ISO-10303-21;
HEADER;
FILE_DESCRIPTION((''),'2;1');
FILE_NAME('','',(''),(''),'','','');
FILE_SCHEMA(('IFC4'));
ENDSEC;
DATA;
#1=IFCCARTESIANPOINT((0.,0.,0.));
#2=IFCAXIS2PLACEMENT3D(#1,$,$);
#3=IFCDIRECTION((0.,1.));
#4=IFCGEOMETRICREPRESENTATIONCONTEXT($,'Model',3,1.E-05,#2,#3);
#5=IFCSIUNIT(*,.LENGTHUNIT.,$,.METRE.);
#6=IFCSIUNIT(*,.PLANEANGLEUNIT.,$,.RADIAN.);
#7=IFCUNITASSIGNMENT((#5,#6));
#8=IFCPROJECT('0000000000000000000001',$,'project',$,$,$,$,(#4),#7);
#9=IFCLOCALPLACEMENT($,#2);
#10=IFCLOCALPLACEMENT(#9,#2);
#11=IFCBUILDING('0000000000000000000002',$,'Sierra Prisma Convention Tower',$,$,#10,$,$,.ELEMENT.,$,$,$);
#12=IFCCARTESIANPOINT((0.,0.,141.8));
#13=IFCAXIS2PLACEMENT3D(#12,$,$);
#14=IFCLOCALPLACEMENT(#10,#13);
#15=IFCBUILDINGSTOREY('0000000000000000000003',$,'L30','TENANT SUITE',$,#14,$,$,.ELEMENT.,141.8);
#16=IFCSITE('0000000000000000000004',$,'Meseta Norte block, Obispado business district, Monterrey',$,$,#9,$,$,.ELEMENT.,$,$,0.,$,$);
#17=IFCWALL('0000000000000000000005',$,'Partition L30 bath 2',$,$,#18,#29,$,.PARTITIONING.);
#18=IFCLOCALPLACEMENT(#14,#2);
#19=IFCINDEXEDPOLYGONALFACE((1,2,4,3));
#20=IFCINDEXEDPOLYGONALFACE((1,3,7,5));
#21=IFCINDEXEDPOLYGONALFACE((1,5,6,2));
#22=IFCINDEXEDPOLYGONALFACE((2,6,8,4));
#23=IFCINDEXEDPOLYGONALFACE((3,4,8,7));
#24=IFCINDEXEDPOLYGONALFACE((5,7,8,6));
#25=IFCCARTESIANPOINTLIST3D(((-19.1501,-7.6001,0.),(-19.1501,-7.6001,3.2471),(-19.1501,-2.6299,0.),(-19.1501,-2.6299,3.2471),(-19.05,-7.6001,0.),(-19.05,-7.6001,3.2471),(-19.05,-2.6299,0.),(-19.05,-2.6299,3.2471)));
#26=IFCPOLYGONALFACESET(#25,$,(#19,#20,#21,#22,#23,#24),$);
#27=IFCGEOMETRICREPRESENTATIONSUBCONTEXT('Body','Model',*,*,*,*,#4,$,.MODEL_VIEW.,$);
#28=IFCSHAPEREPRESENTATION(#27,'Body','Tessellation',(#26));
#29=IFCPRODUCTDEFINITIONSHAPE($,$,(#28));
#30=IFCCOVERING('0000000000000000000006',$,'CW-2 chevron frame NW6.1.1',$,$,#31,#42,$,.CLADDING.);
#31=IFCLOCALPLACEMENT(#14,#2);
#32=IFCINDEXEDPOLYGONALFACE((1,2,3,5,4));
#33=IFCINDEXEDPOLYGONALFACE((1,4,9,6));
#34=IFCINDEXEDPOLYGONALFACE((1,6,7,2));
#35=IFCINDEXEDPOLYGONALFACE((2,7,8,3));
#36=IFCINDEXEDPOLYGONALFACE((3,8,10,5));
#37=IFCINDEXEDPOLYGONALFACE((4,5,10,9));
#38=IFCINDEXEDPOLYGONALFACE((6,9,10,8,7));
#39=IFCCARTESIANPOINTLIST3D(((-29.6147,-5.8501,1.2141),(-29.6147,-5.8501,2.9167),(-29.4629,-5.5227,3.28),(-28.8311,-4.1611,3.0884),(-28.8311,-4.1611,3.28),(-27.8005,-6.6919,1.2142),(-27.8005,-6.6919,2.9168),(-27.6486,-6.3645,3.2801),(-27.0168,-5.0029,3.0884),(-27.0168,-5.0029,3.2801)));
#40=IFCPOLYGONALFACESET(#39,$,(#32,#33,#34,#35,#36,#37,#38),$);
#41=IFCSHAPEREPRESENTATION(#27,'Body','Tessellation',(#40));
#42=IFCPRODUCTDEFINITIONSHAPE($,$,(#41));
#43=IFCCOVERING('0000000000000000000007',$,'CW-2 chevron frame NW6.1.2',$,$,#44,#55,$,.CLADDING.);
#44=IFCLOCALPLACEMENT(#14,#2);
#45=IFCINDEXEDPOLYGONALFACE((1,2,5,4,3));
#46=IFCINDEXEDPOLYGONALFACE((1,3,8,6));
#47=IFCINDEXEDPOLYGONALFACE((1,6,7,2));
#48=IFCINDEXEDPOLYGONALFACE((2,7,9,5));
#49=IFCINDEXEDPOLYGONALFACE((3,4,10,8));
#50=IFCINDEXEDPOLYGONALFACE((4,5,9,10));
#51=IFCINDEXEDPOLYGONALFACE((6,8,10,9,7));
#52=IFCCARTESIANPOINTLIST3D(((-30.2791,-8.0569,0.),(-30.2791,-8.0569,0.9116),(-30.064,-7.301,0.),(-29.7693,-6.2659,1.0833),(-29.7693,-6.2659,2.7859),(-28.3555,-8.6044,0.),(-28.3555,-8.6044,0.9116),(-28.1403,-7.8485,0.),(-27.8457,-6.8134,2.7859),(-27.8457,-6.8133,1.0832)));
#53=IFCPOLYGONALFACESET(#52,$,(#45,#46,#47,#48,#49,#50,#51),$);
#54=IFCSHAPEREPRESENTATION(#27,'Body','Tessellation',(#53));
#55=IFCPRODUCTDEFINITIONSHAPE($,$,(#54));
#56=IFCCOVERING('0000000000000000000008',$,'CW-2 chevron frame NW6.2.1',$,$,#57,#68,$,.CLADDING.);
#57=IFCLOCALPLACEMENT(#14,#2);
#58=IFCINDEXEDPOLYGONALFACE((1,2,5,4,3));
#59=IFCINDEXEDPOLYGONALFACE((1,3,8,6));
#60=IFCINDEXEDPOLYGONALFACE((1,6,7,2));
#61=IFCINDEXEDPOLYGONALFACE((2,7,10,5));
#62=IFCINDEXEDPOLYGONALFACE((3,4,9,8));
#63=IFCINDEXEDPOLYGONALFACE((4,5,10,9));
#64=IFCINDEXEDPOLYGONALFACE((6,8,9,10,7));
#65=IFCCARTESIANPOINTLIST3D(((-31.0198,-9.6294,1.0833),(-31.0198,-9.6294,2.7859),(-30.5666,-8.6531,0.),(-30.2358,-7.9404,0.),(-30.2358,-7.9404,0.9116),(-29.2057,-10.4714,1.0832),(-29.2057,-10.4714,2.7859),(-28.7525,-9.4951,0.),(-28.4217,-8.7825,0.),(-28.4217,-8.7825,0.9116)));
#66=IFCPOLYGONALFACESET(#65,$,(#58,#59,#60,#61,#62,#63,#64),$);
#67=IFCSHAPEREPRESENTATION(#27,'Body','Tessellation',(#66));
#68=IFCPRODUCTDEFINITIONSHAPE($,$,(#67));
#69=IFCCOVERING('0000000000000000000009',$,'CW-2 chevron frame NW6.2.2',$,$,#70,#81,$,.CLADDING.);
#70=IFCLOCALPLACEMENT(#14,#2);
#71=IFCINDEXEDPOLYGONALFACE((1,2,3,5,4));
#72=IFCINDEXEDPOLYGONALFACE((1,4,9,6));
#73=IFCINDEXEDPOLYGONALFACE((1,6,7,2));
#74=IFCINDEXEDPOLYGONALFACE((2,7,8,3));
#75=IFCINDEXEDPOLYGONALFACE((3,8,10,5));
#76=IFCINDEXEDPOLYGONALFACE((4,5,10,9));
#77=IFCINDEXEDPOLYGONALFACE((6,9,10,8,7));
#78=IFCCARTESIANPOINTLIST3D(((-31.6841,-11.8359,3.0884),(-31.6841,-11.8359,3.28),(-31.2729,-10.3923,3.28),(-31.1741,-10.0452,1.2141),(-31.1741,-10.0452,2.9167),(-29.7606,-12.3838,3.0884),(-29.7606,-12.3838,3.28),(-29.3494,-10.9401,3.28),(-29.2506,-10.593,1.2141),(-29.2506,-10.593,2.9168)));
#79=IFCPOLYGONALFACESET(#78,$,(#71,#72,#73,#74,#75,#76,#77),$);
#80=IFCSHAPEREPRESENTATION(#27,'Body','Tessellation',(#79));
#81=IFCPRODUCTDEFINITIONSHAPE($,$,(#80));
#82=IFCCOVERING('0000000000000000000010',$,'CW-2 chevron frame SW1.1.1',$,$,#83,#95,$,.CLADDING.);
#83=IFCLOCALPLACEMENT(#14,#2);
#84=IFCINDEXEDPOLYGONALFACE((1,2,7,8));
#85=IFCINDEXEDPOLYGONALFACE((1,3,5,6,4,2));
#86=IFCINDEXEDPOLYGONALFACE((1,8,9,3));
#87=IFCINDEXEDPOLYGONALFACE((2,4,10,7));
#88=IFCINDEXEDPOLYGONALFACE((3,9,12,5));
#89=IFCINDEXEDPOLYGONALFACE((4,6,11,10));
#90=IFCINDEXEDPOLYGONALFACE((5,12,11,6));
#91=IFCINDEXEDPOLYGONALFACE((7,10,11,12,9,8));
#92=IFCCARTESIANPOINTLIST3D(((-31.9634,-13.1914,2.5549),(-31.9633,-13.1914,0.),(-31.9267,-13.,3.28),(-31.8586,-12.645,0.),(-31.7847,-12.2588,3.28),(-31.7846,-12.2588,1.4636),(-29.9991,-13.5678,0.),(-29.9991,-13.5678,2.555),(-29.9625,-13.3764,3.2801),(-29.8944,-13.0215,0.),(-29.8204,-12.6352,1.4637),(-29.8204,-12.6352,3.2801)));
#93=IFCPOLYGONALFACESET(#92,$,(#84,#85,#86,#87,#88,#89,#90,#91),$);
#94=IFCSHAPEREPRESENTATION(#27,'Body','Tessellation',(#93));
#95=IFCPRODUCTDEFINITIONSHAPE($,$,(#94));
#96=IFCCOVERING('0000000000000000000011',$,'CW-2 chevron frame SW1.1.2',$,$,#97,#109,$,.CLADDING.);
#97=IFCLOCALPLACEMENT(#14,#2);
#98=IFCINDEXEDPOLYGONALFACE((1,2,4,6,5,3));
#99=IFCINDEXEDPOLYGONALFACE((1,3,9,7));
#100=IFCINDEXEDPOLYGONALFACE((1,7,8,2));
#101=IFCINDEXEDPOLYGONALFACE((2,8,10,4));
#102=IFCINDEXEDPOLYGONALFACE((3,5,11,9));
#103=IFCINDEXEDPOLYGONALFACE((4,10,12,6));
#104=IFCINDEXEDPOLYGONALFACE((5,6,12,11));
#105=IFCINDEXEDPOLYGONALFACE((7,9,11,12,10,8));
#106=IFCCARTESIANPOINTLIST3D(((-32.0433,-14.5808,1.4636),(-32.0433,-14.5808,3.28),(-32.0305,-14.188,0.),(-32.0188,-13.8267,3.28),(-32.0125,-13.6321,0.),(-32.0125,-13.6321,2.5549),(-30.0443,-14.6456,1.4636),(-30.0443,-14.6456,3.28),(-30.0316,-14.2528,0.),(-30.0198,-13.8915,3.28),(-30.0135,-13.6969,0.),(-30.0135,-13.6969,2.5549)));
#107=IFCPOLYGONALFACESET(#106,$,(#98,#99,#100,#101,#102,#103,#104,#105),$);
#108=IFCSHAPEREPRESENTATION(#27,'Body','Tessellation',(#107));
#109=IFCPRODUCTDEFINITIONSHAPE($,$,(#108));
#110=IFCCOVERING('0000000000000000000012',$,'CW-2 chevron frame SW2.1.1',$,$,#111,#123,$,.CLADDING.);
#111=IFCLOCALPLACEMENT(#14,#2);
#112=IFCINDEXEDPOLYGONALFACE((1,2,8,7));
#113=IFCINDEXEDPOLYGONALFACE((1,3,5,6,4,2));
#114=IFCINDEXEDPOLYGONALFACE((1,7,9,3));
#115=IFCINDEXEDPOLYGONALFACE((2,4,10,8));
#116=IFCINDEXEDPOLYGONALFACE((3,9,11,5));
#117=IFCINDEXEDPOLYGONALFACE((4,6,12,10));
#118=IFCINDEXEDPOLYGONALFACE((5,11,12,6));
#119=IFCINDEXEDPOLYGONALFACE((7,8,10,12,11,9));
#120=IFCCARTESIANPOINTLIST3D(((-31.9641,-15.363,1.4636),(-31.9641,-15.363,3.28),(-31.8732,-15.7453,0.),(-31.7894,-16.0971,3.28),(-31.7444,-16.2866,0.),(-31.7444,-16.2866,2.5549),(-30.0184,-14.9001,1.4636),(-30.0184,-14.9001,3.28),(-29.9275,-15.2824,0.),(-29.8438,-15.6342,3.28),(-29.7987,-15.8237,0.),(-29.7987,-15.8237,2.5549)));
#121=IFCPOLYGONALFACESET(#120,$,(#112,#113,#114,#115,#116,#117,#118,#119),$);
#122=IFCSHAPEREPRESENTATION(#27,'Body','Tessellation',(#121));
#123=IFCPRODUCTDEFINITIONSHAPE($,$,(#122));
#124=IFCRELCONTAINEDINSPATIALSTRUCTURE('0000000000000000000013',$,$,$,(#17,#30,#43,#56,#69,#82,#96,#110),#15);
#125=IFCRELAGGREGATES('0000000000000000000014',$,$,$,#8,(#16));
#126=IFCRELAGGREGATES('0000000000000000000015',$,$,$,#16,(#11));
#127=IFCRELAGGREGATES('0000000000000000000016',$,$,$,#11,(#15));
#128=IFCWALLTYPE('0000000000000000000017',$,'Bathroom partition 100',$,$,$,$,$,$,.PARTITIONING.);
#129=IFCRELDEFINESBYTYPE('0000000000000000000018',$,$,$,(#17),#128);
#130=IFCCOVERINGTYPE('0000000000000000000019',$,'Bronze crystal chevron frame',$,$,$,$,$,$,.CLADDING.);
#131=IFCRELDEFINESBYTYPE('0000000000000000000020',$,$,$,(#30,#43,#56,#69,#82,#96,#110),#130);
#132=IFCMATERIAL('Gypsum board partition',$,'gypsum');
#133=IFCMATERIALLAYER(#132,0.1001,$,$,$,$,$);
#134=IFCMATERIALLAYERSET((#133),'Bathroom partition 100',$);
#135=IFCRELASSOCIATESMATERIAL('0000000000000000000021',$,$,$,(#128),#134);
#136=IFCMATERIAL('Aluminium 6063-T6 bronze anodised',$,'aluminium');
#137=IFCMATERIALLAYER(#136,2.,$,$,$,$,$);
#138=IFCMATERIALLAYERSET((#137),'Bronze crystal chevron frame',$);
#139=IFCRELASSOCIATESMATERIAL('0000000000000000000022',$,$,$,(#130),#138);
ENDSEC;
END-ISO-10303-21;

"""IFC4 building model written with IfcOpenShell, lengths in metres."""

from ifc_helpers import new_model, si_unit, direction, frame, frame_2d, origin, place, context, subcontext, project, spatial, polyline, rectangle, outline, extrude, material, layer, layer_set, type_object, element, save


model = new_model("IFC4")

# Units and contexts
model_context = context("Model", 3, precision=1e-05, world=origin(), true_north=direction((0.0, 1.0)))
body_context = subcontext(model_context, "Body", "Model", "MODEL_VIEW")
ifc_project = project(units=[si_unit("LENGTHUNIT", "METRE"), si_unit("PLANEANGLEUNIT", "RADIAN")], contexts=[model_context])

# Site, building, storey
site_placement = place(None, origin())
site = spatial("IfcSite", under=ifc_project, at=site_placement, Name="Meseta Norte block, Obispado business district, Monterrey", CompositionType="ELEMENT", RefElevation=0.0)
building_placement = place(site_placement, origin())
building = spatial("IfcBuilding", under=site, at=building_placement, Name="Sierra Prisma Convention Tower", CompositionType="ELEMENT")
storey_placement = place(building_placement, frame((0.0, 0.0, 141.8)))
storey = spatial("IfcBuildingStorey", under=building, at=storey_placement, Name="L30", Description="TENANT SUITE", CompositionType="ELEMENT", Elevation=141.8)

# Wall
ifc_material_1 = material(Name="Gypsum board partition", Category="gypsum")
ifc_layer_1 = layer(ifc_material_1, 0.1001)
ifc_layer_set_1 = layer_set([ifc_layer_1], Name="Bathroom partition 100")
wall_type = type_object("IfcWallType", Name="Bathroom partition 100", PredefinedType="PARTITIONING", material=ifc_layer_set_1)
wall_placement = place(storey_placement, frame((-19.1001, -7.6001, 0.0), z_axis=(0.0, 0.0, 1.0), x_axis=(0.0, 1.0, 0.0)))
element("IfcWall", 1, at=wall_placement, inside=storey, type_object=wall_type, Name="Partition L30 bath 2", PredefinedType="PARTITIONING", context=body_context, shape_type="SweptSolid", body=[
    extrude(rectangle(XDim=4.9702, YDim=0.1001, at=frame_2d((2.4851, 0.0))), origin(), (0.0, 0.0, 1.0), 3.2471),
])

# Coverings
ifc_material_2 = material(Name="Aluminium 6063-T6 bronze anodised", Category="aluminium")
ifc_layer_2 = layer(ifc_material_2, 2.0)
ifc_layer_set_2 = layer_set([ifc_layer_2], Name="Bronze crystal chevron frame")
covering_type = type_object("IfcCoveringType", Name="Bronze crystal chevron frame", PredefinedType="CLADDING", material=ifc_layer_set_2)
covering_1_placement = place(storey_placement, frame((-28.8311, -4.1611, 3.28), z_axis=(-0.907104, 0.420907, -0.000024), x_axis=(0.000021, -0.00001, -1.0)))
element("IfcCovering", 2, at=covering_1_placement, inside=storey, type_object=covering_type, Name="CW-2 chevron frame NW6.1.1", PredefinedType="CLADDING", context=body_context, shape_type="SweptSolid", body=[
    extrude(outline(polyline([(0.0, 0.0), (0.1917, 0.0), (2.0659, 1.8619), (0.3633, 1.8619), (0.0, 1.501), (0.0, 0.0)])), origin(), (0.0, 0.0, -1.0), 2.0),
])
covering_2_placement = place(storey_placement, frame((-29.7693, -6.2659, 2.7859), z_axis=(-0.961803, 0.273743, 0.000015), x_axis=(-0.000014, 0.000004, -1.0)))
element("IfcCovering", 3, at=covering_2_placement, inside=storey, type_object=covering_type, Name="CW-2 chevron frame NW6.1.2", PredefinedType="CLADDING", context=body_context, shape_type="SweptSolid", body=[
    extrude(outline(polyline([(0.0, 0.0), (1.7026, 0.0), (2.7859, 1.0763), (2.7859, 1.8621), (1.8743, 1.8621), (0.0, 0.0)])), origin(), (0.0, 0.0, -1.0), 2.0),
])
covering_3_placement = place(storey_placement, frame((-30.2358, -7.9404, 0.0), z_axis=(-0.907053, 0.421017, 0.00001), x_axis=(-0.421017, -0.907053, 0.0)))
element("IfcCovering", 4, at=covering_3_placement, inside=storey, type_object=covering_type, Name="CW-2 chevron frame NW6.2.1", PredefinedType="CLADDING", context=body_context, shape_type="SweptSolid", body=[
    extrude(outline(polyline([(0.0, 0.0), (0.7857, 0.0), (1.862, 1.0833), (1.862, 2.7859), (0.0, 0.9116), (0.0, 0.0)])), origin(), (0.0, 0.0, -1.0), 2.0),
])
covering_4_placement = place(storey_placement, frame((-31.6841, -11.8359, 3.28), z_axis=(-0.961756, 0.273907, -0.000002), x_axis=(0.273907, 0.961756, 0.0)))
element("IfcCovering", 5, at=covering_4_placement, inside=storey, type_object=covering_type, Name="CW-2 chevron frame NW6.2.2", PredefinedType="CLADDING", context=body_context, shape_type="SweptSolid", body=[
    extrude(outline(polyline([(0.0, 0.0), (1.501, 0.0), (1.862, 0.3633), (1.862, 2.0659), (0.0, 0.1917), (0.0, 0.0)])), origin(), (0.0, 0.0, -1.0), 2.0),
])
covering_5_placement = place(storey_placement, frame((-31.7847, -12.2588, 3.28), z_axis=(-0.982128, 0.188215, -0.000016), x_axis=(0.000015, -0.000003, -1.0)))
element("IfcCovering", 6, at=covering_5_placement, inside=storey, type_object=covering_type, Name="CW-2 chevron frame SW1.1.1", PredefinedType="CLADDING", context=body_context, shape_type="SweptSolid", body=[
    extrude(outline(polyline([(0.0, 0.0), (1.8164, 0.0), (3.28, 0.3933), (3.28, 0.9496), (0.7251, 0.9496), (0.0, 0.7547), (0.0, 0.0)])), origin(), (0.0, 0.0, -1.0), 2.0),
])
covering_6_placement = place(storey_placement, frame((-32.0305, -14.188, 0.0), z_axis=(-0.999475, 0.032413, 0.000001), x_axis=(-0.008406, -0.259207, 0.965785)))
element("IfcCovering", 7, at=covering_6_placement, inside=storey, type_object=covering_type, Name="CW-2 chevron frame SW1.1.2", PredefinedType="CLADDING", context=body_context, shape_type="SweptSolid", body=[
    extrude(outline(polyline([(0.0, 0.0), (1.5155, 0.0), (3.2697, 0.4711), (3.074, 1.1998), (2.3233, 1.1998), (-0.1442, 0.5372), (0.0, 0.0)])), origin(), (0.0, 0.0, -1.0), 2.0),
])
covering_7_placement = place(storey_placement, frame((-31.9641, -15.363, 3.28), z_axis=(-0.972842, -0.231469, 0.000007), x_axis=(-0.000007, -0.000002, -1.0)))
element("IfcCovering", 8, at=covering_7_placement, inside=storey, type_object=covering_type, Name="CW-2 chevron frame SW2.1.1", PredefinedType="CLADDING", context=body_context, shape_type="SweptSolid", body=[
    extrude(outline(polyline([(0.0, 0.0), (1.8164, 0.0), (3.28, 0.393), (3.28, 0.9494), (0.7251, 0.9494), (0.0, 0.7546), (0.0, 0.0)])), origin(), (0.0, 0.0, -1.0), 2.0),
])

save(model, "model.ifc")
